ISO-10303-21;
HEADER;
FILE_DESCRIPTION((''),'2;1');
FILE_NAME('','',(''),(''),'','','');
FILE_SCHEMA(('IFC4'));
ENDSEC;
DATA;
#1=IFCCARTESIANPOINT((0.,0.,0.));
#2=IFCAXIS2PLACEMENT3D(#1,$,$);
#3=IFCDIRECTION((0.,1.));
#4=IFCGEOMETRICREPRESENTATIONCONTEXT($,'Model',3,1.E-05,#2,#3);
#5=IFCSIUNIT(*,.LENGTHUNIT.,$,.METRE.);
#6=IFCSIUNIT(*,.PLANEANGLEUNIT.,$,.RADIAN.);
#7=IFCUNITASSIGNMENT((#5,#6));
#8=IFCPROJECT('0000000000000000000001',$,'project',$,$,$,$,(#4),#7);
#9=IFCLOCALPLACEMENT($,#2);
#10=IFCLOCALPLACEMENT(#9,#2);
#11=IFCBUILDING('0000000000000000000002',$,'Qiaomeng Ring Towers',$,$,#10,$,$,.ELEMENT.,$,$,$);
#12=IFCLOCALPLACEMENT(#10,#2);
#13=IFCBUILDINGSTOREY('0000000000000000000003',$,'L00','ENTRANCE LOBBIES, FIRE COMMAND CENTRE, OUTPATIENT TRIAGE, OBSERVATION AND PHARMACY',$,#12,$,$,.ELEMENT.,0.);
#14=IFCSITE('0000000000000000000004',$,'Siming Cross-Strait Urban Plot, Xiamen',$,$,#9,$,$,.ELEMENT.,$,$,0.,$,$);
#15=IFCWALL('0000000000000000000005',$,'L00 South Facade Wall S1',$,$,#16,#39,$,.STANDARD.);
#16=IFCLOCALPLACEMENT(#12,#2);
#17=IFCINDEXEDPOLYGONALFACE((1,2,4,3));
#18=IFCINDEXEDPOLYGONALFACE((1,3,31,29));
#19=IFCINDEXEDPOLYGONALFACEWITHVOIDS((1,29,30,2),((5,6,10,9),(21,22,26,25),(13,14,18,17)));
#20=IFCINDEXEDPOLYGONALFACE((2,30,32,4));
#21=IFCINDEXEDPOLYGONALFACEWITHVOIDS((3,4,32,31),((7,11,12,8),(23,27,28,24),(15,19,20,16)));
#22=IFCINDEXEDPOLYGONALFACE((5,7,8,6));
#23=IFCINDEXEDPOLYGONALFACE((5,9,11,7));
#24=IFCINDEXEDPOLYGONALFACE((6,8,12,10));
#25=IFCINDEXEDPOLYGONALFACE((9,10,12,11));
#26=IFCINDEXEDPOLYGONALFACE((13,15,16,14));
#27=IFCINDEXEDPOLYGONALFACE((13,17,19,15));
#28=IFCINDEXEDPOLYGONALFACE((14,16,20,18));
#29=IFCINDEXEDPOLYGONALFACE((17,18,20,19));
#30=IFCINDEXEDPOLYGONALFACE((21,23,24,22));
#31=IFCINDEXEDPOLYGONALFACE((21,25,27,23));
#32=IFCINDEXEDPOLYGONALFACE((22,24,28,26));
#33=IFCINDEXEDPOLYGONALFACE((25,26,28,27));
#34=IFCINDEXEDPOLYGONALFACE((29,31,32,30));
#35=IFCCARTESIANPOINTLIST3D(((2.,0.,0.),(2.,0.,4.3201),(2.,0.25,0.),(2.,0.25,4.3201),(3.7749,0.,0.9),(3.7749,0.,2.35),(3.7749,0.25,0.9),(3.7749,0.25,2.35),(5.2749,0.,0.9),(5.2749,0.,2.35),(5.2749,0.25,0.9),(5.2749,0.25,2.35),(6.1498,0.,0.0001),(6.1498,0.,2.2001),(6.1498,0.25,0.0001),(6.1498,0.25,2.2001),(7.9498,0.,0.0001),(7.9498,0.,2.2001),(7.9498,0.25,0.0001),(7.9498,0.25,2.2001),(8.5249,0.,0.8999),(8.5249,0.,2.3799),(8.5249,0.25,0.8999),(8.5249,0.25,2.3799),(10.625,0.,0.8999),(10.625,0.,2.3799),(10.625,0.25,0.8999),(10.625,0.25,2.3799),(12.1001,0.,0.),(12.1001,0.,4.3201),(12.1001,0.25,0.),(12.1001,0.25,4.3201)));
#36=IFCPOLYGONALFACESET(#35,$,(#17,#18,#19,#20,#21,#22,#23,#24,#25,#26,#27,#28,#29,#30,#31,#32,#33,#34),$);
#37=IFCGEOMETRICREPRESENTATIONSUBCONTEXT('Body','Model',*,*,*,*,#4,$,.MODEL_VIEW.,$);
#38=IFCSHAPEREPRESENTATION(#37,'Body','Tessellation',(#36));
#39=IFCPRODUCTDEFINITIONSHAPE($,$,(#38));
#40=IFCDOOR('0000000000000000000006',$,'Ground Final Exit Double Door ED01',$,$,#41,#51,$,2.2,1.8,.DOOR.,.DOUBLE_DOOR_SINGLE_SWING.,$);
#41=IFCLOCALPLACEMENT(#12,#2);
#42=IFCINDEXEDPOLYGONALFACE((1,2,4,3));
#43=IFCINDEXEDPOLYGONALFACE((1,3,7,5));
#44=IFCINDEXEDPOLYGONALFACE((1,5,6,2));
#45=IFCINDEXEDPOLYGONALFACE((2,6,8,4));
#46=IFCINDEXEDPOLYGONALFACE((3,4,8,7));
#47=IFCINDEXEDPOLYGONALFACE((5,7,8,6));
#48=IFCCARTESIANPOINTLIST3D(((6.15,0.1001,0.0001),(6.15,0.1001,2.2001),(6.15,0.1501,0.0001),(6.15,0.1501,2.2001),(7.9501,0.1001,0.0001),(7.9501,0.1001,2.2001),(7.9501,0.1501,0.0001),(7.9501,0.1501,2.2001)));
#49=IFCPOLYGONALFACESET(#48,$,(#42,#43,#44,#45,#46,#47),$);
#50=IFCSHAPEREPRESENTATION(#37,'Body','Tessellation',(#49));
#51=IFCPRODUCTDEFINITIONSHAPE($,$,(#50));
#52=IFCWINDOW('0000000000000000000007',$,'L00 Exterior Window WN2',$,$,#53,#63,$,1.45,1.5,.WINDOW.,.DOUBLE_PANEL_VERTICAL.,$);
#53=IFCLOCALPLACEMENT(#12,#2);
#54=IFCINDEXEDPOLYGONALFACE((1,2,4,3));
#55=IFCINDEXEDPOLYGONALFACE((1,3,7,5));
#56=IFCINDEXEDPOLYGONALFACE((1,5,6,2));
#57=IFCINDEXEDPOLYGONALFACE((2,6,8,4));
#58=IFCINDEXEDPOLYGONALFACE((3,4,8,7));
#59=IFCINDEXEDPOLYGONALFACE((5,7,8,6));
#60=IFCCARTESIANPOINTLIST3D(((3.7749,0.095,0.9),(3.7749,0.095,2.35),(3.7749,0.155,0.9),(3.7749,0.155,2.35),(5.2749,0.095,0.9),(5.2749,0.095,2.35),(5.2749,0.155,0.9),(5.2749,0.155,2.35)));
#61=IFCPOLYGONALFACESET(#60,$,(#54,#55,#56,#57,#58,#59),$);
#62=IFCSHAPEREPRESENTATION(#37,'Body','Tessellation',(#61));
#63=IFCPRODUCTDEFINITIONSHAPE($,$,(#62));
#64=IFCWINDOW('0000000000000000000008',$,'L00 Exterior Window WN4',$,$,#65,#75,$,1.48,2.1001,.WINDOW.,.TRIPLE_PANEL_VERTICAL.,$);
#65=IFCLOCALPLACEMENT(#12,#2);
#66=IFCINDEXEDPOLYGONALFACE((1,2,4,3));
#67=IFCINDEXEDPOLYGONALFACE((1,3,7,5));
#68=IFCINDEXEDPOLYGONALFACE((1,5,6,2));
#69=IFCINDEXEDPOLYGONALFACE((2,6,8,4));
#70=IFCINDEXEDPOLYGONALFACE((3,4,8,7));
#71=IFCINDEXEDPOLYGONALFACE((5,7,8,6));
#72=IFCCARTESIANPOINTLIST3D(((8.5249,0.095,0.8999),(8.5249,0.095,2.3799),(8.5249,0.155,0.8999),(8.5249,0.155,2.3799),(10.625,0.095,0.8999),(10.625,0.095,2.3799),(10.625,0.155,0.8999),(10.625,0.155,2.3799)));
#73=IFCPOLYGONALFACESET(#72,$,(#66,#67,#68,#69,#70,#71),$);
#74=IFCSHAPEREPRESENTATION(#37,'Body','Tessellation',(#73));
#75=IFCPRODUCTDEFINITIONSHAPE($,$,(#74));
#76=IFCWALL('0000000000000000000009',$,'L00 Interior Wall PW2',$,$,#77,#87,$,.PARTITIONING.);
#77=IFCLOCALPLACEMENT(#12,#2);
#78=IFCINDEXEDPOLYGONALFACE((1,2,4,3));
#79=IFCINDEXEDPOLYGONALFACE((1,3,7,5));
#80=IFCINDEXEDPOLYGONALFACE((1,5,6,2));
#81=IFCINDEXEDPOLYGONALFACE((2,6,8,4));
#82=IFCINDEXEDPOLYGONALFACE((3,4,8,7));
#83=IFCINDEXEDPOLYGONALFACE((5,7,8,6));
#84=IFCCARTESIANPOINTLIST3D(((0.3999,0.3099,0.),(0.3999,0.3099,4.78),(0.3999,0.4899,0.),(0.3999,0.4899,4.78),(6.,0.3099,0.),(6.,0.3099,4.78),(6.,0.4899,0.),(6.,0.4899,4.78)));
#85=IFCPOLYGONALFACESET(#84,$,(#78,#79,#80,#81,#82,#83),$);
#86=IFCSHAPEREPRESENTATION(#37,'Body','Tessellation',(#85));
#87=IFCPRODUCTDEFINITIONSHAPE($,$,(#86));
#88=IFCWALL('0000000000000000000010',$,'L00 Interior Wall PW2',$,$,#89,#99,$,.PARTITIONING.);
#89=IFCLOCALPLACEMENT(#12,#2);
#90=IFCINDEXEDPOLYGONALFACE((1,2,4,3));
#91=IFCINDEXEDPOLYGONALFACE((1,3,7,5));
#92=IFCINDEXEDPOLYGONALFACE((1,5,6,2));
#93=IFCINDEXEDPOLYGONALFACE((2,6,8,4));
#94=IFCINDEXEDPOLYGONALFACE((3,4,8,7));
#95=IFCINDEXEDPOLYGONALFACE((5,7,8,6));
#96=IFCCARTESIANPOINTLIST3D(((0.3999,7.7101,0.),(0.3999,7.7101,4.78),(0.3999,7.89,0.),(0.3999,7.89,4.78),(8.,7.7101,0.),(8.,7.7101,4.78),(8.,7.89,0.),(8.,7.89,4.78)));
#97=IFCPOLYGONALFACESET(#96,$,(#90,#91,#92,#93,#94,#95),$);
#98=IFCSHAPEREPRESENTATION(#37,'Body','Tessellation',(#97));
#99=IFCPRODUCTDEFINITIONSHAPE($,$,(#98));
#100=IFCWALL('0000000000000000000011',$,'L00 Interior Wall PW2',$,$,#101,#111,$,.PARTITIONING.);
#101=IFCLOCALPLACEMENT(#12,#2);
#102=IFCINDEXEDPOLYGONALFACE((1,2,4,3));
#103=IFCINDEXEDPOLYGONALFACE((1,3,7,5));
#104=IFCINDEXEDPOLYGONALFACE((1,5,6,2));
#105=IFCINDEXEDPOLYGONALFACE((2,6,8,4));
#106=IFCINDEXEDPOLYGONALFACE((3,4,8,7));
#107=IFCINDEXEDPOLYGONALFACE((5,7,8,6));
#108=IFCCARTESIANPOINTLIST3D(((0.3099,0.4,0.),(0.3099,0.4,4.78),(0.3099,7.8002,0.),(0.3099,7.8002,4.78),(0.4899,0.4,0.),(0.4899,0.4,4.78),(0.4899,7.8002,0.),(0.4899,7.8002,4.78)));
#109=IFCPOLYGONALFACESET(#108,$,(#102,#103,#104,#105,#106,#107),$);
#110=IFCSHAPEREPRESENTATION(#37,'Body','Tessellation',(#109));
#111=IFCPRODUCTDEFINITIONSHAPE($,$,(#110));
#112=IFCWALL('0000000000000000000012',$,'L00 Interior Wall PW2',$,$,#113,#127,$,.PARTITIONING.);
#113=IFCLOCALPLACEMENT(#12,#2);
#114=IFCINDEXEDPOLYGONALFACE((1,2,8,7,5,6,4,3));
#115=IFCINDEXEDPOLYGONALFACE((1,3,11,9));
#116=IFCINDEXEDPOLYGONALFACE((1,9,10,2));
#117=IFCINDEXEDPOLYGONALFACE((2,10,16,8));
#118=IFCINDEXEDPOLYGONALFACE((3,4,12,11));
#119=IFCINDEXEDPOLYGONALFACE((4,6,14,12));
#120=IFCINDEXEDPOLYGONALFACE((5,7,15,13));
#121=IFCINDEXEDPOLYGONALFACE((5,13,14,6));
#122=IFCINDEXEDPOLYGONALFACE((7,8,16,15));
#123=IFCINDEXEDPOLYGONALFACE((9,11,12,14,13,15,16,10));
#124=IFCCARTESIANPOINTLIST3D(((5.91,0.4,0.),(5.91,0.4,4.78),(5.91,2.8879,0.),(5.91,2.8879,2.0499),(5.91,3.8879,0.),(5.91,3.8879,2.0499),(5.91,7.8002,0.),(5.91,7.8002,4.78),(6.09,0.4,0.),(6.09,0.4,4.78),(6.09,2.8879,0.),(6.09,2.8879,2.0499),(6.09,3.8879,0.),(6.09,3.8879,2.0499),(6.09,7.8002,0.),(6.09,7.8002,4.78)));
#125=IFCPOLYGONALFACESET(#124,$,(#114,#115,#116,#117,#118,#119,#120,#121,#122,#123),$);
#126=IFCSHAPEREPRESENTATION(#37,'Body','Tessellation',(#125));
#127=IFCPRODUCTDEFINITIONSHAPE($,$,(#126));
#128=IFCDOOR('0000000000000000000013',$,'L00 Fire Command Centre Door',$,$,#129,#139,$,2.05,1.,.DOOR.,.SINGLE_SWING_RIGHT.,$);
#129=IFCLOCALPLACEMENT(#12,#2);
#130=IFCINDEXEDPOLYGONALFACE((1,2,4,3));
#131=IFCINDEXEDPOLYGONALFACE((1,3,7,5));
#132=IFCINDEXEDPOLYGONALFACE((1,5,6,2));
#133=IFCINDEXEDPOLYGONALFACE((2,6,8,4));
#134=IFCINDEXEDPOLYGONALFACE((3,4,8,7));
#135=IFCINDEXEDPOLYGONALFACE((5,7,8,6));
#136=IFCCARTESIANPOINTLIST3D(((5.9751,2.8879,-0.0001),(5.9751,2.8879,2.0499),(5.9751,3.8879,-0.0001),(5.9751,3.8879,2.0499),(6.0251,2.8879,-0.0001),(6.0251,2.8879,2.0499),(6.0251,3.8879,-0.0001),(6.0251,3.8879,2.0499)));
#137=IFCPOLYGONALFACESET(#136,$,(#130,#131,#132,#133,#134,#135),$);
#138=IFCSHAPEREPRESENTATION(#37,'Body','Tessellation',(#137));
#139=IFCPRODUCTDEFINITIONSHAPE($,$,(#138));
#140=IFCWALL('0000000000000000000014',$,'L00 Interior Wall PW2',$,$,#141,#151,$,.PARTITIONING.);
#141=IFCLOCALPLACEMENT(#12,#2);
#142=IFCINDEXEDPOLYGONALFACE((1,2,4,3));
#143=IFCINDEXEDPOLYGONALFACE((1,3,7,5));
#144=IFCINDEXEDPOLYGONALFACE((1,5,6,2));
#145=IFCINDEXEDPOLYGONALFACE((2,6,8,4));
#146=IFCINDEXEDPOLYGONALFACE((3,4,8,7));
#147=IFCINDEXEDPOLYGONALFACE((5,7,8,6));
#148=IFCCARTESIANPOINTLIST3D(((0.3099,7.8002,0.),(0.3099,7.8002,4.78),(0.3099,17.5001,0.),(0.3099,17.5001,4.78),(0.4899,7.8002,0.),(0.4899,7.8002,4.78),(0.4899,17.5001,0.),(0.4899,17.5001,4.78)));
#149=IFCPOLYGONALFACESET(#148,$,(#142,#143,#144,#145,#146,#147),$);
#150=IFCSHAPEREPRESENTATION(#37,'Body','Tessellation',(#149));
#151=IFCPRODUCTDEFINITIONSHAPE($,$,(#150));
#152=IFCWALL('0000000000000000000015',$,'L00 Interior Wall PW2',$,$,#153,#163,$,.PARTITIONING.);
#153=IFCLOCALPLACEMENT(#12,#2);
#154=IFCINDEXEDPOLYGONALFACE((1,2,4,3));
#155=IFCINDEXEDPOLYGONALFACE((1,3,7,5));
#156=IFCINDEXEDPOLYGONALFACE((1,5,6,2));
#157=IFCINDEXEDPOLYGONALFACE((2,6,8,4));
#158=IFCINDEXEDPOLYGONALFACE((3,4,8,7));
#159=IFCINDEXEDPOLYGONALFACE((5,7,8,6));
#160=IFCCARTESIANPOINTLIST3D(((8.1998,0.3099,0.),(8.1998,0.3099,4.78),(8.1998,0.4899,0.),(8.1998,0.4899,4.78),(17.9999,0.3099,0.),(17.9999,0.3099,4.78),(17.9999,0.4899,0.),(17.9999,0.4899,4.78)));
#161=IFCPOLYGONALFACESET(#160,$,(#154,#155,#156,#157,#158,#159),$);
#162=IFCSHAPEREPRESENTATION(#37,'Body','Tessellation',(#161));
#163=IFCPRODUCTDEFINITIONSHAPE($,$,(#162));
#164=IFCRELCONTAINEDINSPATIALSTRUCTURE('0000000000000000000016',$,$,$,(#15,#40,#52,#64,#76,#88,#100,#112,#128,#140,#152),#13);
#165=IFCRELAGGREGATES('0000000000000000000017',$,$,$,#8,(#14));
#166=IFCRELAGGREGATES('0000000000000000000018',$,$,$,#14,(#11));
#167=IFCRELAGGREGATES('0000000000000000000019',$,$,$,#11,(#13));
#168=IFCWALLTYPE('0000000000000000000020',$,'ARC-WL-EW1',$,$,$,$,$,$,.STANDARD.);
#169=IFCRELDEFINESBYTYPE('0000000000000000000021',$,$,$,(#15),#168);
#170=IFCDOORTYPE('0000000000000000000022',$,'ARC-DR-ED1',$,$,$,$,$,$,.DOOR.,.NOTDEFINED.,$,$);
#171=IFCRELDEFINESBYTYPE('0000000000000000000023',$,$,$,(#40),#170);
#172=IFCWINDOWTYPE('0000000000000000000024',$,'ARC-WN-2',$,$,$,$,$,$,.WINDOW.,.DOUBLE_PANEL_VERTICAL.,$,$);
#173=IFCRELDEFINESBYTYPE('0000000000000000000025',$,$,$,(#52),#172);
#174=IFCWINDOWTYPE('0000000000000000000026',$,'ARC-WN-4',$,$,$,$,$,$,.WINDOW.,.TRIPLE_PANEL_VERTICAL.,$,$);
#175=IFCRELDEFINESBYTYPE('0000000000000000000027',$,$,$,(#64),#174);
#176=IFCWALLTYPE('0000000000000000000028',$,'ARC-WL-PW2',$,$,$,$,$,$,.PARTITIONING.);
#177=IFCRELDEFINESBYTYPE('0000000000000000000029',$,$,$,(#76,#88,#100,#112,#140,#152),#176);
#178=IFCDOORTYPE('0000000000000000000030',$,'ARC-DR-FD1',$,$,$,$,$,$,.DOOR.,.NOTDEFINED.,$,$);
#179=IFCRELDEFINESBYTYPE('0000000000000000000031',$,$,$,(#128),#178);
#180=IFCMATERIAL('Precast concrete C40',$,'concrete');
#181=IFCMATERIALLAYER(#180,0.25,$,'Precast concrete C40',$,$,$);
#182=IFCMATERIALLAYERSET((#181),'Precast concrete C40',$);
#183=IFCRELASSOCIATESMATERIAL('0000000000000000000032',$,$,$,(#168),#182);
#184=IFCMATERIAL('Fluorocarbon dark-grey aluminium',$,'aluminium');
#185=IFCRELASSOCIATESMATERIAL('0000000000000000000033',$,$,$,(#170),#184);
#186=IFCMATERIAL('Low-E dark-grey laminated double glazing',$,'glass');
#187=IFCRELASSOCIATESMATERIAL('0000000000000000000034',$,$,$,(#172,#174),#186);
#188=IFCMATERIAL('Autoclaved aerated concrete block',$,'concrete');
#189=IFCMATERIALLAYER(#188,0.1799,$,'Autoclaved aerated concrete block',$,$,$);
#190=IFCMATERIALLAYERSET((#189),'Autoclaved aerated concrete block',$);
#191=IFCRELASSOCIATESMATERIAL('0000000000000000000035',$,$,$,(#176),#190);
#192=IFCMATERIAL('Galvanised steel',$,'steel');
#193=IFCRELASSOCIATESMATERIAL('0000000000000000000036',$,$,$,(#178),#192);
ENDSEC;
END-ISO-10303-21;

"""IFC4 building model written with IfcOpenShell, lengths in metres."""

from ifc_helpers import new_model, si_unit, direction, frame, frame_2d, origin, place, context, subcontext, project, spatial, rectangle, extrude, source, transform, mapped, material, layer, layer_set, type_object, element, fill, save


model = new_model("IFC4")

# Units and contexts
model_context = context("Model", 3, precision=1e-05, world=origin(), true_north=direction((0.0, 1.0)))
body_context = subcontext(model_context, "Body", "Model", "MODEL_VIEW")
ifc_project = project(units=[si_unit("LENGTHUNIT", "METRE"), si_unit("PLANEANGLEUNIT", "RADIAN")], contexts=[model_context])

# Site, building, storey
site_placement = place(None, origin())
site = spatial("IfcSite", under=ifc_project, at=site_placement, Name="Siming Cross-Strait Urban Plot, Xiamen", CompositionType="ELEMENT", RefElevation=0.0)
building_placement = place(site_placement, origin())
building = spatial("IfcBuilding", under=site, at=building_placement, Name="Qiaomeng Ring Towers", CompositionType="ELEMENT")
storey_placement = place(building_placement, origin())
storey = spatial("IfcBuildingStorey", under=building, at=storey_placement, Name="L00", Description="ENTRANCE LOBBIES, FIRE COMMAND CENTRE, OUTPATIENT TRIAGE, OBSERVATION AND PHARMACY", CompositionType="ELEMENT", Elevation=0.0)

# Shared definitions
ifc_material_1 = material(Name="Precast concrete C40", Category="concrete")

# Wall, openings, door, windows
ifc_layer_1 = layer(ifc_material_1, 0.25, Name="Precast concrete C40")
ifc_layer_set_1 = layer_set([ifc_layer_1], Name="Precast concrete C40")
wall_type_1 = type_object("IfcWallType", Name="ARC-WL-EW1", PredefinedType="STANDARD", material=ifc_layer_set_1)
wall_1_placement = place(storey_placement, frame((2.0, 0.125, 0.0), z_axis=(0.0, 0.0, 1.0), x_axis=(1.0, 0.0, 0.0)))
wall_1 = element("IfcWall", 1, at=wall_1_placement, inside=storey, type_object=wall_type_1, Name="L00 South Facade Wall S1", PredefinedType="STANDARD", context=body_context, shape_type="SweptSolid", body=[
    extrude(rectangle(XDim=10.1001, YDim=0.25, at=frame_2d((5.05, 0.0))), origin(), (0.0, 0.0, 1.0), 4.3201),
])
opening_1_placement = place(wall_1_placement, frame((4.1499, 0.0, 0.0)))
opening_1 = element("IfcOpeningElement", 2, at=opening_1_placement, cuts=wall_1, PredefinedType="OPENING", context=body_context, shape_type="SweptSolid", body=[
    extrude(rectangle(XDim=1.8, YDim=2.2, at=frame_2d((0.8999, 1.1001))), frame((0.0, 0.135, 0.0), z_axis=(0.0, -1.0, 0.0), x_axis=(1.0, 0.0, 0.0)), (0.0, 0.0, 1.0), 0.27),
])
opening_2_placement = place(wall_1_placement, frame((1.7749, 0.0, 0.8999)))
opening_2 = element("IfcOpeningElement", 3, at=opening_2_placement, cuts=wall_1, PredefinedType="OPENING", context=body_context, shape_type="SweptSolid", body=[
    extrude(rectangle(XDim=1.5, YDim=1.45, at=frame_2d((0.75, 0.7251))), frame((0.0, 0.135, 0.0), z_axis=(0.0, -1.0, 0.0), x_axis=(1.0, 0.0, 0.0)), (0.0, 0.0, 1.0), 0.27),
])
opening_3_placement = place(wall_1_placement, frame((6.5249, 0.0, 0.8999)))
opening_3 = element("IfcOpeningElement", 4, at=opening_3_placement, cuts=wall_1, PredefinedType="OPENING", context=body_context, shape_type="SweptSolid", body=[
    extrude(rectangle(XDim=2.1001, YDim=1.48, at=frame_2d((1.05, 0.74))), frame((0.0, 0.135, 0.0), z_axis=(0.0, -1.0, 0.0), x_axis=(1.0, 0.0, 0.0)), (0.0, 0.0, 1.0), 0.27),
])
ifc_material_2 = material(Name="Fluorocarbon dark-grey aluminium", Category="aluminium")
door_type_1 = type_object("IfcDoorType", Name="ARC-DR-ED1", OperationType="NOTDEFINED", PredefinedType="DOOR", material=ifc_material_2)
shared_shape_1 = source(origin(), body_context, "Body", "SweptSolid", [
    extrude(rectangle(XDim=1.8, YDim=2.2, at=frame_2d((0.8999, 1.1001))), frame((0.0, 0.0249, 0.0), z_axis=(0.0, -1.0, 0.0), x_axis=(1.0, 0.0, 0.0)), (0.0, 0.0, 1.0), 0.05),
])
door_1_placement = place(opening_1_placement, frame((1.8, 0.0, 0.0), z_axis=(0.0, 0.0, 1.0), x_axis=(-1.0, 0.0, 0.0)))
door_1 = element("IfcDoor", 5, at=door_1_placement, inside=storey, type_object=door_type_1, Name="Ground Final Exit Double Door ED01", OperationType="DOUBLE_DOOR_SINGLE_SWING", OverallHeight=2.2, OverallWidth=1.8, PredefinedType="DOOR", context=body_context, shape_type="MappedRepresentation", body=[
    mapped(shared_shape_1, transform((0.0, 0.0, 0.0), x_axis=(1.0, 0.0, 0.0), y_axis=(0.0, 1.0, 0.0), z_axis=(0.0, 0.0, 1.0), scale=1.0)),
])
fill(opening_1, door_1)
ifc_material_3 = material(Name="Low-E dark-grey laminated double glazing", Category="glass")
window_type_1 = type_object("IfcWindowType", Name="ARC-WN-2", PartitioningType="DOUBLE_PANEL_VERTICAL", PredefinedType="WINDOW", material=ifc_material_3)
shared_shape_2 = source(origin(), body_context, "Body", "SweptSolid", [
    extrude(rectangle(XDim=1.5, YDim=1.45, at=frame_2d((0.75, 0.7251))), frame((0.0, 0.03, 0.0), z_axis=(0.0, -1.0, 0.0), x_axis=(1.0, 0.0, 0.0)), (0.0, 0.0, 1.0), 0.0601),
])
window_1_placement = place(opening_2_placement, origin())
window_1 = element("IfcWindow", 6, at=window_1_placement, inside=storey, type_object=window_type_1, Name="L00 Exterior Window WN2", OverallHeight=1.45, OverallWidth=1.5, PartitioningType="DOUBLE_PANEL_VERTICAL", PredefinedType="WINDOW", context=body_context, shape_type="MappedRepresentation", body=[
    mapped(shared_shape_2, transform((0.0, 0.0, 0.0), x_axis=(1.0, 0.0, 0.0), y_axis=(0.0, 1.0, 0.0), z_axis=(0.0, 0.0, 1.0), scale=1.0)),
])
fill(opening_2, window_1)
window_type_2 = type_object("IfcWindowType", Name="ARC-WN-4", PartitioningType="TRIPLE_PANEL_VERTICAL", PredefinedType="WINDOW", material=ifc_material_3)
shared_shape_3 = source(origin(), body_context, "Body", "SweptSolid", [
    extrude(rectangle(XDim=2.1001, YDim=1.48, at=frame_2d((1.05, 0.74))), frame((0.0, 0.03, 0.0), z_axis=(0.0, -1.0, 0.0), x_axis=(1.0, 0.0, 0.0)), (0.0, 0.0, 1.0), 0.0601),
])
window_2_placement = place(opening_3_placement, origin())
window_2 = element("IfcWindow", 7, at=window_2_placement, inside=storey, type_object=window_type_2, Name="L00 Exterior Window WN4", OverallHeight=1.48, OverallWidth=2.1001, PartitioningType="TRIPLE_PANEL_VERTICAL", PredefinedType="WINDOW", context=body_context, shape_type="MappedRepresentation", body=[
    mapped(shared_shape_3, transform((0.0, 0.0, 0.0), x_axis=(1.0, 0.0, 0.0), y_axis=(0.0, 1.0, 0.0), z_axis=(0.0, 0.0, 1.0), scale=1.0)),
])
fill(opening_3, window_2)

# Walls
ifc_material_4 = material(Name="Autoclaved aerated concrete block", Category="concrete")
ifc_layer_2 = layer(ifc_material_4, 0.1799, Name="Autoclaved aerated concrete block")
ifc_layer_set_2 = layer_set([ifc_layer_2], Name="Autoclaved aerated concrete block")
wall_type_2 = type_object("IfcWallType", Name="ARC-WL-PW2", PredefinedType="PARTITIONING", material=ifc_layer_set_2)
wall_2_placement = place(storey_placement, frame((0.3999, 0.3999, 0.0), z_axis=(0.0, 0.0, 1.0), x_axis=(1.0, 0.0, 0.0)))
element("IfcWall", 8, at=wall_2_placement, inside=storey, type_object=wall_type_2, Name="L00 Interior Wall PW2", PredefinedType="PARTITIONING", context=body_context, shape_type="SweptSolid", body=[
    extrude(rectangle(XDim=5.6001, YDim=0.1799, at=frame_2d((2.8, 0.0))), origin(), (0.0, 0.0, 1.0), 4.78),
])
wall_3_placement = place(storey_placement, frame((0.3999, 7.8, 0.0), z_axis=(0.0, 0.0, 1.0), x_axis=(1.0, 0.0, 0.0)))
element("IfcWall", 9, at=wall_3_placement, inside=storey, type_object=wall_type_2, Name="L00 Interior Wall PW2", PredefinedType="PARTITIONING", context=body_context, shape_type="SweptSolid", body=[
    extrude(rectangle(XDim=7.6001, YDim=0.1799, at=frame_2d((3.8, 0.0))), origin(), (0.0, 0.0, 1.0), 4.78),
])
wall_4_placement = place(storey_placement, frame((0.3999, 0.3999, 0.0), z_axis=(0.0, 0.0, 1.0), x_axis=(0.0, 1.0, 0.0)))
element("IfcWall", 10, at=wall_4_placement, inside=storey, type_object=wall_type_2, Name="L00 Interior Wall PW2", PredefinedType="PARTITIONING", context=body_context, shape_type="SweptSolid", body=[
    extrude(rectangle(XDim=7.4001, YDim=0.1799, at=frame_2d((3.7002, 0.0))), origin(), (0.0, 0.0, 1.0), 4.78),
])

# Wall, opening, door
wall_5_placement = place(storey_placement, frame((6.0, 0.3999, 0.0), z_axis=(0.0, 0.0, 1.0), x_axis=(0.0, 1.0, 0.0)))
wall_5 = element("IfcWall", 11, at=wall_5_placement, inside=storey, type_object=wall_type_2, Name="L00 Interior Wall PW2", PredefinedType="PARTITIONING", context=body_context, shape_type="SweptSolid", body=[
    extrude(rectangle(XDim=7.4001, YDim=0.1799, at=frame_2d((3.7002, 0.0))), origin(), (0.0, 0.0, 1.0), 4.78),
])
opening_4_placement = place(wall_5_placement, frame((2.488, 0.0, 0.0)))
opening_4 = element("IfcOpeningElement", 12, at=opening_4_placement, cuts=wall_5, PredefinedType="OPENING", context=body_context, shape_type="SweptSolid", body=[
    extrude(rectangle(XDim=1.0, YDim=2.05, at=frame_2d((0.5, 1.0249))), frame((0.0, 0.0999, 0.0), z_axis=(0.0, -1.0, 0.0), x_axis=(1.0, 0.0, 0.0)), (0.0, 0.0, 1.0), 0.2),
])
ifc_material_5 = material(Name="Galvanised steel", Category="steel")
door_type_2 = type_object("IfcDoorType", Name="ARC-DR-FD1", OperationType="NOTDEFINED", PredefinedType="DOOR", material=ifc_material_5)
shared_shape_4 = source(origin(), body_context, "Body", "SweptSolid", [
    extrude(rectangle(XDim=1.0, YDim=2.05, at=frame_2d((0.5, 1.0249))), frame((0.0, 0.0249, 0.0), z_axis=(0.0, -1.0, 0.0), x_axis=(1.0, 0.0, 0.0)), (0.0, 0.0, 1.0), 0.05),
])
door_2_placement = place(opening_4_placement, origin())
door_2 = element("IfcDoor", 13, at=door_2_placement, inside=storey, type_object=door_type_2, Name="L00 Fire Command Centre Door", OperationType="SINGLE_SWING_RIGHT", OverallHeight=2.05, OverallWidth=1.0, PredefinedType="DOOR", context=body_context, shape_type="MappedRepresentation", body=[
    mapped(shared_shape_4, transform((0.0, 0.0, 0.0), x_axis=(1.0, 0.0, 0.0), y_axis=(0.0, 1.0, 0.0), z_axis=(0.0, 0.0, 1.0), scale=1.0)),
])
fill(opening_4, door_2)

# Walls
wall_6_placement = place(storey_placement, frame((0.3999, 7.8, 0.0), z_axis=(0.0, 0.0, 1.0), x_axis=(0.0, 1.0, 0.0)))
element("IfcWall", 14, at=wall_6_placement, inside=storey, type_object=wall_type_2, Name="L00 Interior Wall PW2", PredefinedType="PARTITIONING", context=body_context, shape_type="SweptSolid", body=[
    extrude(rectangle(XDim=9.7, YDim=0.1799, at=frame_2d((4.8501, 0.0))), origin(), (0.0, 0.0, 1.0), 4.78),
])
wall_7_placement = place(storey_placement, frame((8.2, 0.3999, 0.0), z_axis=(0.0, 0.0, 1.0), x_axis=(1.0, 0.0, 0.0)))
element("IfcWall", 15, at=wall_7_placement, inside=storey, type_object=wall_type_2, Name="L00 Interior Wall PW2", PredefinedType="PARTITIONING", context=body_context, shape_type="SweptSolid", body=[
    extrude(rectangle(XDim=9.8, YDim=0.1799, at=frame_2d((4.8999, 0.0))), origin(), (0.0, 0.0, 1.0), 4.78),
])

save(model, "model.ifc")
